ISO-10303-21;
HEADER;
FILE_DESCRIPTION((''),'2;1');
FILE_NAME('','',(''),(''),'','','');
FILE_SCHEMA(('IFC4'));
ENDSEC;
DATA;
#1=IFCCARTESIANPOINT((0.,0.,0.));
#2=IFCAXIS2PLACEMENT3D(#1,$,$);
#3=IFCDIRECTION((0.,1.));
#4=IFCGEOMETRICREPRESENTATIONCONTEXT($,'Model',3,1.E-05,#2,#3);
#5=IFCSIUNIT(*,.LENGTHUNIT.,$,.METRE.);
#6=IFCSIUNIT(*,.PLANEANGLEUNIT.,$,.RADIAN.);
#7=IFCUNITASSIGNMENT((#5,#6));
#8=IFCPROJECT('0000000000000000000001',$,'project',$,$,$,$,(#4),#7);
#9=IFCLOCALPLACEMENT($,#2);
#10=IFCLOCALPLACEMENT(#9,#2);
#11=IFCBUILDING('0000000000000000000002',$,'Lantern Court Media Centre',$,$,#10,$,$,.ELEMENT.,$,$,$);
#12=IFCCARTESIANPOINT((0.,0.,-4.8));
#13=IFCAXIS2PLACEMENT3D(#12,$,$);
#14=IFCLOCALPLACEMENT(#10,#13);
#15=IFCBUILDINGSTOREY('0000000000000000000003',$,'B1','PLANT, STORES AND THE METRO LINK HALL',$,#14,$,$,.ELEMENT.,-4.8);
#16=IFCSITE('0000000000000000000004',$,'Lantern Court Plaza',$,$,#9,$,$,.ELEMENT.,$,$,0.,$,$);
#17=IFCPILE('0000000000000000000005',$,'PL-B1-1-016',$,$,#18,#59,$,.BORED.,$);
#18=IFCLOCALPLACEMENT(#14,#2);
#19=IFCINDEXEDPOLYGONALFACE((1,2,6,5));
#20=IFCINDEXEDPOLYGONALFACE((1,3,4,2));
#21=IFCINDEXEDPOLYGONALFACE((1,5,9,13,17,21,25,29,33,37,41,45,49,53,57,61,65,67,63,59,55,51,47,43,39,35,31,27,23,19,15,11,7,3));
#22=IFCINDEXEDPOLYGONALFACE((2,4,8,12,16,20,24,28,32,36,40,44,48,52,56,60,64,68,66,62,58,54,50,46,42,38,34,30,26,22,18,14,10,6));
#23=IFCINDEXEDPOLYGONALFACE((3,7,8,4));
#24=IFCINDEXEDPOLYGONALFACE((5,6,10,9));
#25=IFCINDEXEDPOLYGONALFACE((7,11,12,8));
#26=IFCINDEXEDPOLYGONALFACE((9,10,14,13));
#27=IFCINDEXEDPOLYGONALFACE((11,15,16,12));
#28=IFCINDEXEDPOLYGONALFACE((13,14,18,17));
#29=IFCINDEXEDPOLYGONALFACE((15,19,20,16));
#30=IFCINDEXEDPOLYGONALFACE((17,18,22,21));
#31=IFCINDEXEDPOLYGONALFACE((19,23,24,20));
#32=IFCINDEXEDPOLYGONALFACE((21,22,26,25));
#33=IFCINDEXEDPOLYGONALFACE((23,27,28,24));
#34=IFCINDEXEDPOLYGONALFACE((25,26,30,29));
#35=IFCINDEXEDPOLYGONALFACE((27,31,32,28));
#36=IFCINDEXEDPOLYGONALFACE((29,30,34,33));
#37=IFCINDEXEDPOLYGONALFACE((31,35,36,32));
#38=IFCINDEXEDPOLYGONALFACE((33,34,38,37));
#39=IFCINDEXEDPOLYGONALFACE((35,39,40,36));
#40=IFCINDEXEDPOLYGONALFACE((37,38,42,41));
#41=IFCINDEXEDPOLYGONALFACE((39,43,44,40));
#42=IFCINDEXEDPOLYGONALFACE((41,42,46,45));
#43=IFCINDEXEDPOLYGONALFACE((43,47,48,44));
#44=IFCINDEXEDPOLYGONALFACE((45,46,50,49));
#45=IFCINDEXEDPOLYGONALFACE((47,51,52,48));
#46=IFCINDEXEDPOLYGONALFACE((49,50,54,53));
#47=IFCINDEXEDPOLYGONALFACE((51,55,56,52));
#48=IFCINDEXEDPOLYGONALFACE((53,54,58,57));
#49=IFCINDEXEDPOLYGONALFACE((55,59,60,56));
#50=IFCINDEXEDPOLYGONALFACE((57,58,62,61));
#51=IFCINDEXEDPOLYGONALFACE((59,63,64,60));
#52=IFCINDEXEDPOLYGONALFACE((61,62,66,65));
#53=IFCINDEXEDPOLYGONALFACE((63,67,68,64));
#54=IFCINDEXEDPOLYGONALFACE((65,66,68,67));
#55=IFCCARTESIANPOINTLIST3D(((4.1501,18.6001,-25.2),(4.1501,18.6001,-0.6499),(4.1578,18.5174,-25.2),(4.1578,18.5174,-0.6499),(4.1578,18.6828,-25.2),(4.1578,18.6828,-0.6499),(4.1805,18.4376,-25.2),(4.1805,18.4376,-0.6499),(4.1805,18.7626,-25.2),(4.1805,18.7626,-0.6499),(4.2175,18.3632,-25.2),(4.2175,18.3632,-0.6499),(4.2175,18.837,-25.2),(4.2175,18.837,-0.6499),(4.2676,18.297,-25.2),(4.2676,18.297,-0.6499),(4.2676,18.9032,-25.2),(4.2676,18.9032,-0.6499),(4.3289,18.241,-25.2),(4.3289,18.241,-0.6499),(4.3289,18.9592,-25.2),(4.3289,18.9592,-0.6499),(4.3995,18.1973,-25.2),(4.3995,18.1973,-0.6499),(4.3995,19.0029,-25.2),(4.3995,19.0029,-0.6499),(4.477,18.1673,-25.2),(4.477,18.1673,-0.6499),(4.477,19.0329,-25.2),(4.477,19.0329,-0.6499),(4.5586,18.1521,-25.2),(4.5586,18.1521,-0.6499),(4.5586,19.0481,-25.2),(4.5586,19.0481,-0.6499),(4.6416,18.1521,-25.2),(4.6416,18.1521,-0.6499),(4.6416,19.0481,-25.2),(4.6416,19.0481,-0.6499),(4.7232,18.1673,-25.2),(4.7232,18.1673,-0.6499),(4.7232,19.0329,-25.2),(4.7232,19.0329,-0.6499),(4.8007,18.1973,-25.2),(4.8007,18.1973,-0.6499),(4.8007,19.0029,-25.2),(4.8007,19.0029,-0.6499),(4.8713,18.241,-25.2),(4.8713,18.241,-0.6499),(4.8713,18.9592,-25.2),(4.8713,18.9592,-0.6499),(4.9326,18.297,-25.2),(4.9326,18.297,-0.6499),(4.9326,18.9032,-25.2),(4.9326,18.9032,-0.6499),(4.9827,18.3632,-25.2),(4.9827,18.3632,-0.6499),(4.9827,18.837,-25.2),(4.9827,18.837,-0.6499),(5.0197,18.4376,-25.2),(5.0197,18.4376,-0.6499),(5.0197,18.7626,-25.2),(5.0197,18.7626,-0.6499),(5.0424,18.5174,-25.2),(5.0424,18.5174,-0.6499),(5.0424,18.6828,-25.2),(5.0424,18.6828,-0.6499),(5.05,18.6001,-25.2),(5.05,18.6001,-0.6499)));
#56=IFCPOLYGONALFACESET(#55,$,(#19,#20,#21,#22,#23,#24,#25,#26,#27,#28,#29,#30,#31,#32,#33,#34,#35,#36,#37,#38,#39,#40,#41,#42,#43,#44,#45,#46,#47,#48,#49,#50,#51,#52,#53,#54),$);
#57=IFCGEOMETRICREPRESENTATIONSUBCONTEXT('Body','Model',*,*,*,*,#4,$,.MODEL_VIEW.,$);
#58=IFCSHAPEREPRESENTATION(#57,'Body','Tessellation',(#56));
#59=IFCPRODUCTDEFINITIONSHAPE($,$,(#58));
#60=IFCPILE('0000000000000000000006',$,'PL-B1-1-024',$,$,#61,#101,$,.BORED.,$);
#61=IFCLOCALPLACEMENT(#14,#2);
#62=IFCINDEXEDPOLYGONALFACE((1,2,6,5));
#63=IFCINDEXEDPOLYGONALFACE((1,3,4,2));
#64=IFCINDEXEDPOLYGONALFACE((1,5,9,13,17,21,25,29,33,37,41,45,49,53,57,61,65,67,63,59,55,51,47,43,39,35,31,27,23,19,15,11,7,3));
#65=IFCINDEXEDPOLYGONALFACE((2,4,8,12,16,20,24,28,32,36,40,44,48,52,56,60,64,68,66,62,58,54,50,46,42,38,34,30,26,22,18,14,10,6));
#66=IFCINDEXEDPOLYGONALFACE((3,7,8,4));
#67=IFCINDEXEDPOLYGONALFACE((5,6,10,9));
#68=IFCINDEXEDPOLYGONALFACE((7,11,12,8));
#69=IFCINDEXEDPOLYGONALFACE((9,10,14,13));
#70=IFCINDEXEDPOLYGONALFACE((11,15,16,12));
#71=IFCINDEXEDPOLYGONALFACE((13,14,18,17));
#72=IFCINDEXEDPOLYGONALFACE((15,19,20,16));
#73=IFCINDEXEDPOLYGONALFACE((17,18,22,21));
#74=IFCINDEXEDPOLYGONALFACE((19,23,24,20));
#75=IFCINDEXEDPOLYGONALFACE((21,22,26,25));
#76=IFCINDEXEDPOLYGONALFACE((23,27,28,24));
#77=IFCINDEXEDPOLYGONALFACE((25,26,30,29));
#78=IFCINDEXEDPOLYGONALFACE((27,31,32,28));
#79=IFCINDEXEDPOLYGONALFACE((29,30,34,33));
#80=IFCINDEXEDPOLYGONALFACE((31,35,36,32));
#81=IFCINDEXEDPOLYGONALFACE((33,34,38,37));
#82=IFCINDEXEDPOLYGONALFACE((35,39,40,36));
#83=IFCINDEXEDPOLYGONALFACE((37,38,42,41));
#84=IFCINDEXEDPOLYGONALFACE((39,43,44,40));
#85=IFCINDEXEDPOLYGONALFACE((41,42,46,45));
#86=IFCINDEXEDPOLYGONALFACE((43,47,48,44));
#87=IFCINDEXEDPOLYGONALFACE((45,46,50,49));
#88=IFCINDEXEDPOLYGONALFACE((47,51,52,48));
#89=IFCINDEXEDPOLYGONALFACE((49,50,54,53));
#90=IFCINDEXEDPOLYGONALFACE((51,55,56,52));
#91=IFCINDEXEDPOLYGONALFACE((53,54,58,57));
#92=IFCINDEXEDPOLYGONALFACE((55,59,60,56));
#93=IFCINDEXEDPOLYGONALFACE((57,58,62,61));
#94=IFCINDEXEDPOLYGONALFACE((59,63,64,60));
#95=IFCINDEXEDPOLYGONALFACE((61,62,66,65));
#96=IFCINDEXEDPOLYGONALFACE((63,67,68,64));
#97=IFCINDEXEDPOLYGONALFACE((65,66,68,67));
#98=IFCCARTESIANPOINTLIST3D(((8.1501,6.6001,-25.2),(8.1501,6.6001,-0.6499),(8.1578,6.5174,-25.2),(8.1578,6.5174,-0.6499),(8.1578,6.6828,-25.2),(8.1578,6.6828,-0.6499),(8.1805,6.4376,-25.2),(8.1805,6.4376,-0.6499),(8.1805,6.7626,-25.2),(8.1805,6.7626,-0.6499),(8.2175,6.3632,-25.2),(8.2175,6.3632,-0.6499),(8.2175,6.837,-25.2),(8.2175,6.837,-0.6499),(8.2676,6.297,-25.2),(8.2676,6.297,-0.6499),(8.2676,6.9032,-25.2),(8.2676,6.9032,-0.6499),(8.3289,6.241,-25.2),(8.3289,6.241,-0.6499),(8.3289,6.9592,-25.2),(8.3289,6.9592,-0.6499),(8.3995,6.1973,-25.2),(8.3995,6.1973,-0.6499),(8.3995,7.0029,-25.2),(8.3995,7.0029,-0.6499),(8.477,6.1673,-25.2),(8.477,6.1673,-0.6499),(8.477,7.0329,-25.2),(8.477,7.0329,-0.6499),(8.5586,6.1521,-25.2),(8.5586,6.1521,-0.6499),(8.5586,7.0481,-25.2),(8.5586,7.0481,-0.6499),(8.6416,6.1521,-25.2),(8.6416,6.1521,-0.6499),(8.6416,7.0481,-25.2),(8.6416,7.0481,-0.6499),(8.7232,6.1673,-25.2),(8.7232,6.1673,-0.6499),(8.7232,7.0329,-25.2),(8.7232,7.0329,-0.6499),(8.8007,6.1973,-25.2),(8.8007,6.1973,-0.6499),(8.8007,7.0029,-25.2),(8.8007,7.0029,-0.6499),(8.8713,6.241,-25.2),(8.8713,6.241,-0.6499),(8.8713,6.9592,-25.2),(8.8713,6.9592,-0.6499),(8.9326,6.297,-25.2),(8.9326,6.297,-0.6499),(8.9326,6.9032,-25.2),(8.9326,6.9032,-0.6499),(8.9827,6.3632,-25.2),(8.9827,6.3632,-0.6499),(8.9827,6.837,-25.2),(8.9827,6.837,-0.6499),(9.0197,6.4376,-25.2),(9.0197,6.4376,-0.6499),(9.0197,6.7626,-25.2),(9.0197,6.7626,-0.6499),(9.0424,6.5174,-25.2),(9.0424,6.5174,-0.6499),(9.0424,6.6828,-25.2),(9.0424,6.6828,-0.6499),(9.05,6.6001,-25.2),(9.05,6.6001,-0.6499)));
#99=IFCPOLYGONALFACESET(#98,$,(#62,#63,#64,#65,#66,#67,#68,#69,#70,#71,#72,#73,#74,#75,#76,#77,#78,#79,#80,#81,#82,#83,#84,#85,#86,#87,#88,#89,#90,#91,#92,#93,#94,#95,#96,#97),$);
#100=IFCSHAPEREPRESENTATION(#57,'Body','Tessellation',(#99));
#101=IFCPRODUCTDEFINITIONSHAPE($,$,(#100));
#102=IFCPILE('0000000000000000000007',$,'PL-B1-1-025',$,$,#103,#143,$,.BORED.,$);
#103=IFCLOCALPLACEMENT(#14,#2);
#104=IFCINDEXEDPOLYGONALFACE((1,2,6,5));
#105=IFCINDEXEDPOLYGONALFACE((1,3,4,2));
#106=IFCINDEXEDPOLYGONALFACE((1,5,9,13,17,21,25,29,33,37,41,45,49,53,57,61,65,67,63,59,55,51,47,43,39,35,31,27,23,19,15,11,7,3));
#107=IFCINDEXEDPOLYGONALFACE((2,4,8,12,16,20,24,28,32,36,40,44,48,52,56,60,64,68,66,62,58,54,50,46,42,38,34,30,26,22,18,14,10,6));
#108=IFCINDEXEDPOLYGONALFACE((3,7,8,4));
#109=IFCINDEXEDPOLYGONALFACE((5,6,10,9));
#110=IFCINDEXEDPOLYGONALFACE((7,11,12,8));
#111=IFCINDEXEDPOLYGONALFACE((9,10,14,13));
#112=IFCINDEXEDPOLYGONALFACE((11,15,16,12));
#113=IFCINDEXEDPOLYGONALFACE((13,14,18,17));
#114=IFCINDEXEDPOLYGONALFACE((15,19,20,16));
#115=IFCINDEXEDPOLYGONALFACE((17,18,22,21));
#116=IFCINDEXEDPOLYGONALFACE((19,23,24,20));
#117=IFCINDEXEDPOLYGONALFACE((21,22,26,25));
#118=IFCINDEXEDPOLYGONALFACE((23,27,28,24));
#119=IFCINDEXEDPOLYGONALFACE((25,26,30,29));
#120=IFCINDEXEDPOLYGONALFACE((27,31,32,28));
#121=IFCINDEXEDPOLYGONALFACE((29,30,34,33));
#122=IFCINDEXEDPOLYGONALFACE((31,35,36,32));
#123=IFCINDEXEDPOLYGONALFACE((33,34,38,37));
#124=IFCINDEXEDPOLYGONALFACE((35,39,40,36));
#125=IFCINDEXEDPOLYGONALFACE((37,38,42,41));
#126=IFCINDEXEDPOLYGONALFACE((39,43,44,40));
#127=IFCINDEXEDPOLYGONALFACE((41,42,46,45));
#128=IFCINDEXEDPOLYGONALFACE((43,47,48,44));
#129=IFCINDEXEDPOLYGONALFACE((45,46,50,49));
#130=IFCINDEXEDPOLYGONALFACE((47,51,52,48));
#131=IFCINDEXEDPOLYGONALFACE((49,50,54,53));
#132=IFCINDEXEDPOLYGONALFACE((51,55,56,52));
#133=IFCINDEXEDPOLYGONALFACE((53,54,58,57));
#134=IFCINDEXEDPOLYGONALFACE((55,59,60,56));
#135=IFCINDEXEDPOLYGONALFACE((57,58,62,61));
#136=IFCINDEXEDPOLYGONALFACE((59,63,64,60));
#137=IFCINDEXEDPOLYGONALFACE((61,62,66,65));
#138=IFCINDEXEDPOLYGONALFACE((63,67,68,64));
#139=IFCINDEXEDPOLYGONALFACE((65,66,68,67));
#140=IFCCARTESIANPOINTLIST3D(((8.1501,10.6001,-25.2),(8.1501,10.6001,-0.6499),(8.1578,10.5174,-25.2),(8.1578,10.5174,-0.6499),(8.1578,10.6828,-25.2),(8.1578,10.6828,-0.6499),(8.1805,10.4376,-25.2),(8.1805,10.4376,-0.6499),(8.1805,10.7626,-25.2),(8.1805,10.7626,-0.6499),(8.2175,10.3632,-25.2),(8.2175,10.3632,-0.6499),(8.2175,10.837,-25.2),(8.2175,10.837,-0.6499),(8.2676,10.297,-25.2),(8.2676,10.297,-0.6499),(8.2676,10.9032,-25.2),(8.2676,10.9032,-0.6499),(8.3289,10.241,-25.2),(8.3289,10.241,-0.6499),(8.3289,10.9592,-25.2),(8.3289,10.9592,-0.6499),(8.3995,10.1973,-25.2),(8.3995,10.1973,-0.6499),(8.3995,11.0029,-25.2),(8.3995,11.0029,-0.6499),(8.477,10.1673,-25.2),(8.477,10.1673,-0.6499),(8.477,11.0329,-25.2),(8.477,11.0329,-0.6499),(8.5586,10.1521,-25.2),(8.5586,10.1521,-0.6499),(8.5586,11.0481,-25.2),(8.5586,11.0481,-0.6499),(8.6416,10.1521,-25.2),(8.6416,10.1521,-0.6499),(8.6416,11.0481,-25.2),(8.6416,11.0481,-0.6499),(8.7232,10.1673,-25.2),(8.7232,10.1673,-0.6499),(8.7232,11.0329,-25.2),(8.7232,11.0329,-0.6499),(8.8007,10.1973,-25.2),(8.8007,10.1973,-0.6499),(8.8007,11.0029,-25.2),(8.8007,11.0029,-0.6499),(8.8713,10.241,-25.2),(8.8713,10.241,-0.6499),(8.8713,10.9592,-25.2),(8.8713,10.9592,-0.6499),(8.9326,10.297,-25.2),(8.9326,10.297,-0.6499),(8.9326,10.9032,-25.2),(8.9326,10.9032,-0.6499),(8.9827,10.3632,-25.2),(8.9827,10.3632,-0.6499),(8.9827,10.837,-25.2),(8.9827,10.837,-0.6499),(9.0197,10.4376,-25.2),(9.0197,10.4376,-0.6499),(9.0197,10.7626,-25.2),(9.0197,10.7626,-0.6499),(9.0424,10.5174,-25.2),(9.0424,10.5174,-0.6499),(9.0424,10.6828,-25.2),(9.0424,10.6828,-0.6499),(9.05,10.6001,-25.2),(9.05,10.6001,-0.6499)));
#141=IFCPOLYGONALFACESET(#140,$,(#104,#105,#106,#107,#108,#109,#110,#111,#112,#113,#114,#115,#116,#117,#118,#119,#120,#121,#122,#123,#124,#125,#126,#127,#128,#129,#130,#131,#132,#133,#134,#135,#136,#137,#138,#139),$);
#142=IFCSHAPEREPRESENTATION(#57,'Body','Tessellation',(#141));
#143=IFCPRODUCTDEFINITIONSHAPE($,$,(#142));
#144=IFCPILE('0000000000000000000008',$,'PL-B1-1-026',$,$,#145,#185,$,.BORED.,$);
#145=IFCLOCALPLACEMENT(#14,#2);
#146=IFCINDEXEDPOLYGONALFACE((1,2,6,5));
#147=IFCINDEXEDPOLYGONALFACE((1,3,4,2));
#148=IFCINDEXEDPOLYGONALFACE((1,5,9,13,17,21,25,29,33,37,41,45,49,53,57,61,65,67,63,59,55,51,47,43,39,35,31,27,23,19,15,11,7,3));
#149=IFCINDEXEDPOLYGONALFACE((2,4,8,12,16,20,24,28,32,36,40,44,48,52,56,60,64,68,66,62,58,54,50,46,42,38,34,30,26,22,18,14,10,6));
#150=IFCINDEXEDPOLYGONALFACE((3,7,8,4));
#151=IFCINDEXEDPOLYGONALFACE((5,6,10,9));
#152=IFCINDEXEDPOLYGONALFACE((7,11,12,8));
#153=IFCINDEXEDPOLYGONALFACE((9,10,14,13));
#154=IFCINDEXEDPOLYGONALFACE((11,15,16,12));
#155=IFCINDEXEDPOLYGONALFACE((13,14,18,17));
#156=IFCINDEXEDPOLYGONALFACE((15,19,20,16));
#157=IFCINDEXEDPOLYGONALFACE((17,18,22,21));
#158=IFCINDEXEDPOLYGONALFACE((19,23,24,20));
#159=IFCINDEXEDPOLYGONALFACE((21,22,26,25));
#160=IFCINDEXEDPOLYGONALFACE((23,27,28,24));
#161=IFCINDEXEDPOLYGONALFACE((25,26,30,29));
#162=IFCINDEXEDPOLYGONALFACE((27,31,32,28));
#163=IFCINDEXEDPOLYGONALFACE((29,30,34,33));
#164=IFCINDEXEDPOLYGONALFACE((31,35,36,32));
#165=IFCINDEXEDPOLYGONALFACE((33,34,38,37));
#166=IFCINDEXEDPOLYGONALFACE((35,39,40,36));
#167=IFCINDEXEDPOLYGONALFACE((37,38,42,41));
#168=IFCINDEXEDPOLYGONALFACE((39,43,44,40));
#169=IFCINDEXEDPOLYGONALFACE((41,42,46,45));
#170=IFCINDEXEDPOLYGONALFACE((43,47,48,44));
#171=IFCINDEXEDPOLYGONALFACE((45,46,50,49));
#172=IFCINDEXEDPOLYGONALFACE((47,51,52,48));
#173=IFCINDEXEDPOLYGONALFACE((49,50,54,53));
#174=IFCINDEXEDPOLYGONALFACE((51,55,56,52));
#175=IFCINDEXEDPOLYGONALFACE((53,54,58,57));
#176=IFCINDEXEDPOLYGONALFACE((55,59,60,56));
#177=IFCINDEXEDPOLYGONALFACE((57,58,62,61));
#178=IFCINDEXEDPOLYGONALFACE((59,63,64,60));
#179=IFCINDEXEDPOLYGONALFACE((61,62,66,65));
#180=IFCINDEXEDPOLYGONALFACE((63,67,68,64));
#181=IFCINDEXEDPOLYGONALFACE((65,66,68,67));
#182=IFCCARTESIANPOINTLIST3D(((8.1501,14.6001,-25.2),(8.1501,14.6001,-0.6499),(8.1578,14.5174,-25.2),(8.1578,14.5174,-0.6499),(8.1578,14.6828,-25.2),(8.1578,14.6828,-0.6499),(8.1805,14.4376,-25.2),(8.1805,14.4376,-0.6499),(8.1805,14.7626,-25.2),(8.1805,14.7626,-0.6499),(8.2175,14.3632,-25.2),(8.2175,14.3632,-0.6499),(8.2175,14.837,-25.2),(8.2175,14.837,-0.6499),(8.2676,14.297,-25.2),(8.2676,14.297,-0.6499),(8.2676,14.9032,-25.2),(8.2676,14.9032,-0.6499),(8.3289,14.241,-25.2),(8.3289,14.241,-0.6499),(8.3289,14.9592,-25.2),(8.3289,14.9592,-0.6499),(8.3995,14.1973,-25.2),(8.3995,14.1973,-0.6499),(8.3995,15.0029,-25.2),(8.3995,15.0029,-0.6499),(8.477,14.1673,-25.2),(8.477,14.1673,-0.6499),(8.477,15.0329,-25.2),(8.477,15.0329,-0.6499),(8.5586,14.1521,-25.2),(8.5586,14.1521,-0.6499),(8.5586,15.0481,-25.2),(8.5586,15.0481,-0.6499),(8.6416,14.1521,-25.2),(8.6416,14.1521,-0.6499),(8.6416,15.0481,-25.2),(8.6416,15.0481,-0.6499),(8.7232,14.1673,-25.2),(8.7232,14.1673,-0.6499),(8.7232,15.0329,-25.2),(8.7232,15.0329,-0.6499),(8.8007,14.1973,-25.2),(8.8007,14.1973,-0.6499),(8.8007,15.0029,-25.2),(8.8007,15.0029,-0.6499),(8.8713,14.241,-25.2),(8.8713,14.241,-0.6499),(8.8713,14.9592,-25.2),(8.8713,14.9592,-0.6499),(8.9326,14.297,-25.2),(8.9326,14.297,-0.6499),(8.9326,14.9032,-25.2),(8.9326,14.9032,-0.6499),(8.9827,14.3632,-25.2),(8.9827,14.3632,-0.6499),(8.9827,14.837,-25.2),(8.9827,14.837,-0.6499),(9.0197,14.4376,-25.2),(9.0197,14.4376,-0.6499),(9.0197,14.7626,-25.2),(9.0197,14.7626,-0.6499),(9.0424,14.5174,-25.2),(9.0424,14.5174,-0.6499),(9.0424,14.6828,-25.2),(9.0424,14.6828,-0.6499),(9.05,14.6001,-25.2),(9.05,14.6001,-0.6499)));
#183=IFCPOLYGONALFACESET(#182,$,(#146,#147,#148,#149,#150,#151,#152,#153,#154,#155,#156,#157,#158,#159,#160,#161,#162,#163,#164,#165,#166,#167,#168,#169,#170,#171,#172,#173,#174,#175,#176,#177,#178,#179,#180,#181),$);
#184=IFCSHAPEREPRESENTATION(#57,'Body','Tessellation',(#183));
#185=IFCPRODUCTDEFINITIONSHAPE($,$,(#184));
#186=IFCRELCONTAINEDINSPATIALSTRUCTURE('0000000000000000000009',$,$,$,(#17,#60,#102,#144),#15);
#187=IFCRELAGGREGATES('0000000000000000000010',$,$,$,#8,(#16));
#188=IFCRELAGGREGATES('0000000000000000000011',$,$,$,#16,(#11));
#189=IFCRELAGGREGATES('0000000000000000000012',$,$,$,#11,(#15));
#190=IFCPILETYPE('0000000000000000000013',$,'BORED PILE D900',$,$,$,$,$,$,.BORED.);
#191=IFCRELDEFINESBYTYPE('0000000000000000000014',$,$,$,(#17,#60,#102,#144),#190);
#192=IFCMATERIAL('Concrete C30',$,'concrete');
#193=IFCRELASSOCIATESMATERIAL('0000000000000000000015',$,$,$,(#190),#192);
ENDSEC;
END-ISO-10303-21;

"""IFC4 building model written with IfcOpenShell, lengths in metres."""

from ifc_helpers import new_model, si_unit, direction, frame, origin, origin_2d, place, context, subcontext, project, spatial, circle, extrude, material, material_profile, profile_set, type_object, element, save


model = new_model("IFC4")

# Units and contexts
model_context = context("Model", 3, precision=1e-05, world=origin(), true_north=direction((0.0, 1.0)))
body_context = subcontext(model_context, "Body", "Model", "MODEL_VIEW")
ifc_project = project(units=[si_unit("LENGTHUNIT", "METRE"), si_unit("PLANEANGLEUNIT", "RADIAN")], contexts=[model_context])

# Site, building, storey
site_placement = place(None, origin())
site = spatial("IfcSite", under=ifc_project, at=site_placement, Name="Lantern Court Plaza", CompositionType="ELEMENT", RefElevation=0.0)
building_placement = place(site_placement, origin())
building = spatial("IfcBuilding", under=site, at=building_placement, Name="Lantern Court Media Centre", CompositionType="ELEMENT")
storey_placement = place(building_placement, frame((0.0, 0.0, -4.8)))
storey = spatial("IfcBuildingStorey", under=building, at=storey_placement, Name="B1", Description="PLANT, STORES AND THE METRO LINK HALL", CompositionType="ELEMENT", Elevation=-4.8)

# Piles
ifc_material_1 = material(Name="Concrete C30", Category="concrete")
ifc_material_profile_1 = material_profile(ifc_material_1, circle(Radius=0.45, at=origin_2d()), Name="D900")
ifc_profile_set_1 = profile_set([ifc_material_profile_1], Name="Concrete C30")
pile_type = type_object("IfcPileType", Name="BORED PILE D900", PredefinedType="BORED", material=ifc_profile_set_1)
for number, where, z_axis, x_axis, name in (
    (1, (4.6001, 18.6001, -0.6499), (0.0, 0.0, -1.0), (1.0, 0.0, 0.0), "PL-B1-1-016"),
    (2, (8.6001, 6.6001, -0.6499), (0.0, 0.0, -1.0), (1.0, 0.0, 0.0), "PL-B1-1-024"),
    (3, (8.6001, 10.6001, -0.6499), (0.0, 0.0, -1.0), (1.0, 0.0, 0.0), "PL-B1-1-025"),
    (4, (8.6001, 14.6001, -0.6499), (0.0, 0.0, -1.0), (1.0, 0.0, 0.0), "PL-B1-1-026"),
):
    element("IfcPile", number, at=place(storey_placement, frame(where, z_axis=z_axis, x_axis=x_axis)), inside=storey, type_object=pile_type, Name=name, PredefinedType="BORED", context=body_context, shape_type="SweptSolid", body=[
        extrude(circle(Radius=0.45, at=origin_2d()), origin(), (0.0, 0.0, 1.0), 24.55),
    ])

save(model, "model.ifc")
